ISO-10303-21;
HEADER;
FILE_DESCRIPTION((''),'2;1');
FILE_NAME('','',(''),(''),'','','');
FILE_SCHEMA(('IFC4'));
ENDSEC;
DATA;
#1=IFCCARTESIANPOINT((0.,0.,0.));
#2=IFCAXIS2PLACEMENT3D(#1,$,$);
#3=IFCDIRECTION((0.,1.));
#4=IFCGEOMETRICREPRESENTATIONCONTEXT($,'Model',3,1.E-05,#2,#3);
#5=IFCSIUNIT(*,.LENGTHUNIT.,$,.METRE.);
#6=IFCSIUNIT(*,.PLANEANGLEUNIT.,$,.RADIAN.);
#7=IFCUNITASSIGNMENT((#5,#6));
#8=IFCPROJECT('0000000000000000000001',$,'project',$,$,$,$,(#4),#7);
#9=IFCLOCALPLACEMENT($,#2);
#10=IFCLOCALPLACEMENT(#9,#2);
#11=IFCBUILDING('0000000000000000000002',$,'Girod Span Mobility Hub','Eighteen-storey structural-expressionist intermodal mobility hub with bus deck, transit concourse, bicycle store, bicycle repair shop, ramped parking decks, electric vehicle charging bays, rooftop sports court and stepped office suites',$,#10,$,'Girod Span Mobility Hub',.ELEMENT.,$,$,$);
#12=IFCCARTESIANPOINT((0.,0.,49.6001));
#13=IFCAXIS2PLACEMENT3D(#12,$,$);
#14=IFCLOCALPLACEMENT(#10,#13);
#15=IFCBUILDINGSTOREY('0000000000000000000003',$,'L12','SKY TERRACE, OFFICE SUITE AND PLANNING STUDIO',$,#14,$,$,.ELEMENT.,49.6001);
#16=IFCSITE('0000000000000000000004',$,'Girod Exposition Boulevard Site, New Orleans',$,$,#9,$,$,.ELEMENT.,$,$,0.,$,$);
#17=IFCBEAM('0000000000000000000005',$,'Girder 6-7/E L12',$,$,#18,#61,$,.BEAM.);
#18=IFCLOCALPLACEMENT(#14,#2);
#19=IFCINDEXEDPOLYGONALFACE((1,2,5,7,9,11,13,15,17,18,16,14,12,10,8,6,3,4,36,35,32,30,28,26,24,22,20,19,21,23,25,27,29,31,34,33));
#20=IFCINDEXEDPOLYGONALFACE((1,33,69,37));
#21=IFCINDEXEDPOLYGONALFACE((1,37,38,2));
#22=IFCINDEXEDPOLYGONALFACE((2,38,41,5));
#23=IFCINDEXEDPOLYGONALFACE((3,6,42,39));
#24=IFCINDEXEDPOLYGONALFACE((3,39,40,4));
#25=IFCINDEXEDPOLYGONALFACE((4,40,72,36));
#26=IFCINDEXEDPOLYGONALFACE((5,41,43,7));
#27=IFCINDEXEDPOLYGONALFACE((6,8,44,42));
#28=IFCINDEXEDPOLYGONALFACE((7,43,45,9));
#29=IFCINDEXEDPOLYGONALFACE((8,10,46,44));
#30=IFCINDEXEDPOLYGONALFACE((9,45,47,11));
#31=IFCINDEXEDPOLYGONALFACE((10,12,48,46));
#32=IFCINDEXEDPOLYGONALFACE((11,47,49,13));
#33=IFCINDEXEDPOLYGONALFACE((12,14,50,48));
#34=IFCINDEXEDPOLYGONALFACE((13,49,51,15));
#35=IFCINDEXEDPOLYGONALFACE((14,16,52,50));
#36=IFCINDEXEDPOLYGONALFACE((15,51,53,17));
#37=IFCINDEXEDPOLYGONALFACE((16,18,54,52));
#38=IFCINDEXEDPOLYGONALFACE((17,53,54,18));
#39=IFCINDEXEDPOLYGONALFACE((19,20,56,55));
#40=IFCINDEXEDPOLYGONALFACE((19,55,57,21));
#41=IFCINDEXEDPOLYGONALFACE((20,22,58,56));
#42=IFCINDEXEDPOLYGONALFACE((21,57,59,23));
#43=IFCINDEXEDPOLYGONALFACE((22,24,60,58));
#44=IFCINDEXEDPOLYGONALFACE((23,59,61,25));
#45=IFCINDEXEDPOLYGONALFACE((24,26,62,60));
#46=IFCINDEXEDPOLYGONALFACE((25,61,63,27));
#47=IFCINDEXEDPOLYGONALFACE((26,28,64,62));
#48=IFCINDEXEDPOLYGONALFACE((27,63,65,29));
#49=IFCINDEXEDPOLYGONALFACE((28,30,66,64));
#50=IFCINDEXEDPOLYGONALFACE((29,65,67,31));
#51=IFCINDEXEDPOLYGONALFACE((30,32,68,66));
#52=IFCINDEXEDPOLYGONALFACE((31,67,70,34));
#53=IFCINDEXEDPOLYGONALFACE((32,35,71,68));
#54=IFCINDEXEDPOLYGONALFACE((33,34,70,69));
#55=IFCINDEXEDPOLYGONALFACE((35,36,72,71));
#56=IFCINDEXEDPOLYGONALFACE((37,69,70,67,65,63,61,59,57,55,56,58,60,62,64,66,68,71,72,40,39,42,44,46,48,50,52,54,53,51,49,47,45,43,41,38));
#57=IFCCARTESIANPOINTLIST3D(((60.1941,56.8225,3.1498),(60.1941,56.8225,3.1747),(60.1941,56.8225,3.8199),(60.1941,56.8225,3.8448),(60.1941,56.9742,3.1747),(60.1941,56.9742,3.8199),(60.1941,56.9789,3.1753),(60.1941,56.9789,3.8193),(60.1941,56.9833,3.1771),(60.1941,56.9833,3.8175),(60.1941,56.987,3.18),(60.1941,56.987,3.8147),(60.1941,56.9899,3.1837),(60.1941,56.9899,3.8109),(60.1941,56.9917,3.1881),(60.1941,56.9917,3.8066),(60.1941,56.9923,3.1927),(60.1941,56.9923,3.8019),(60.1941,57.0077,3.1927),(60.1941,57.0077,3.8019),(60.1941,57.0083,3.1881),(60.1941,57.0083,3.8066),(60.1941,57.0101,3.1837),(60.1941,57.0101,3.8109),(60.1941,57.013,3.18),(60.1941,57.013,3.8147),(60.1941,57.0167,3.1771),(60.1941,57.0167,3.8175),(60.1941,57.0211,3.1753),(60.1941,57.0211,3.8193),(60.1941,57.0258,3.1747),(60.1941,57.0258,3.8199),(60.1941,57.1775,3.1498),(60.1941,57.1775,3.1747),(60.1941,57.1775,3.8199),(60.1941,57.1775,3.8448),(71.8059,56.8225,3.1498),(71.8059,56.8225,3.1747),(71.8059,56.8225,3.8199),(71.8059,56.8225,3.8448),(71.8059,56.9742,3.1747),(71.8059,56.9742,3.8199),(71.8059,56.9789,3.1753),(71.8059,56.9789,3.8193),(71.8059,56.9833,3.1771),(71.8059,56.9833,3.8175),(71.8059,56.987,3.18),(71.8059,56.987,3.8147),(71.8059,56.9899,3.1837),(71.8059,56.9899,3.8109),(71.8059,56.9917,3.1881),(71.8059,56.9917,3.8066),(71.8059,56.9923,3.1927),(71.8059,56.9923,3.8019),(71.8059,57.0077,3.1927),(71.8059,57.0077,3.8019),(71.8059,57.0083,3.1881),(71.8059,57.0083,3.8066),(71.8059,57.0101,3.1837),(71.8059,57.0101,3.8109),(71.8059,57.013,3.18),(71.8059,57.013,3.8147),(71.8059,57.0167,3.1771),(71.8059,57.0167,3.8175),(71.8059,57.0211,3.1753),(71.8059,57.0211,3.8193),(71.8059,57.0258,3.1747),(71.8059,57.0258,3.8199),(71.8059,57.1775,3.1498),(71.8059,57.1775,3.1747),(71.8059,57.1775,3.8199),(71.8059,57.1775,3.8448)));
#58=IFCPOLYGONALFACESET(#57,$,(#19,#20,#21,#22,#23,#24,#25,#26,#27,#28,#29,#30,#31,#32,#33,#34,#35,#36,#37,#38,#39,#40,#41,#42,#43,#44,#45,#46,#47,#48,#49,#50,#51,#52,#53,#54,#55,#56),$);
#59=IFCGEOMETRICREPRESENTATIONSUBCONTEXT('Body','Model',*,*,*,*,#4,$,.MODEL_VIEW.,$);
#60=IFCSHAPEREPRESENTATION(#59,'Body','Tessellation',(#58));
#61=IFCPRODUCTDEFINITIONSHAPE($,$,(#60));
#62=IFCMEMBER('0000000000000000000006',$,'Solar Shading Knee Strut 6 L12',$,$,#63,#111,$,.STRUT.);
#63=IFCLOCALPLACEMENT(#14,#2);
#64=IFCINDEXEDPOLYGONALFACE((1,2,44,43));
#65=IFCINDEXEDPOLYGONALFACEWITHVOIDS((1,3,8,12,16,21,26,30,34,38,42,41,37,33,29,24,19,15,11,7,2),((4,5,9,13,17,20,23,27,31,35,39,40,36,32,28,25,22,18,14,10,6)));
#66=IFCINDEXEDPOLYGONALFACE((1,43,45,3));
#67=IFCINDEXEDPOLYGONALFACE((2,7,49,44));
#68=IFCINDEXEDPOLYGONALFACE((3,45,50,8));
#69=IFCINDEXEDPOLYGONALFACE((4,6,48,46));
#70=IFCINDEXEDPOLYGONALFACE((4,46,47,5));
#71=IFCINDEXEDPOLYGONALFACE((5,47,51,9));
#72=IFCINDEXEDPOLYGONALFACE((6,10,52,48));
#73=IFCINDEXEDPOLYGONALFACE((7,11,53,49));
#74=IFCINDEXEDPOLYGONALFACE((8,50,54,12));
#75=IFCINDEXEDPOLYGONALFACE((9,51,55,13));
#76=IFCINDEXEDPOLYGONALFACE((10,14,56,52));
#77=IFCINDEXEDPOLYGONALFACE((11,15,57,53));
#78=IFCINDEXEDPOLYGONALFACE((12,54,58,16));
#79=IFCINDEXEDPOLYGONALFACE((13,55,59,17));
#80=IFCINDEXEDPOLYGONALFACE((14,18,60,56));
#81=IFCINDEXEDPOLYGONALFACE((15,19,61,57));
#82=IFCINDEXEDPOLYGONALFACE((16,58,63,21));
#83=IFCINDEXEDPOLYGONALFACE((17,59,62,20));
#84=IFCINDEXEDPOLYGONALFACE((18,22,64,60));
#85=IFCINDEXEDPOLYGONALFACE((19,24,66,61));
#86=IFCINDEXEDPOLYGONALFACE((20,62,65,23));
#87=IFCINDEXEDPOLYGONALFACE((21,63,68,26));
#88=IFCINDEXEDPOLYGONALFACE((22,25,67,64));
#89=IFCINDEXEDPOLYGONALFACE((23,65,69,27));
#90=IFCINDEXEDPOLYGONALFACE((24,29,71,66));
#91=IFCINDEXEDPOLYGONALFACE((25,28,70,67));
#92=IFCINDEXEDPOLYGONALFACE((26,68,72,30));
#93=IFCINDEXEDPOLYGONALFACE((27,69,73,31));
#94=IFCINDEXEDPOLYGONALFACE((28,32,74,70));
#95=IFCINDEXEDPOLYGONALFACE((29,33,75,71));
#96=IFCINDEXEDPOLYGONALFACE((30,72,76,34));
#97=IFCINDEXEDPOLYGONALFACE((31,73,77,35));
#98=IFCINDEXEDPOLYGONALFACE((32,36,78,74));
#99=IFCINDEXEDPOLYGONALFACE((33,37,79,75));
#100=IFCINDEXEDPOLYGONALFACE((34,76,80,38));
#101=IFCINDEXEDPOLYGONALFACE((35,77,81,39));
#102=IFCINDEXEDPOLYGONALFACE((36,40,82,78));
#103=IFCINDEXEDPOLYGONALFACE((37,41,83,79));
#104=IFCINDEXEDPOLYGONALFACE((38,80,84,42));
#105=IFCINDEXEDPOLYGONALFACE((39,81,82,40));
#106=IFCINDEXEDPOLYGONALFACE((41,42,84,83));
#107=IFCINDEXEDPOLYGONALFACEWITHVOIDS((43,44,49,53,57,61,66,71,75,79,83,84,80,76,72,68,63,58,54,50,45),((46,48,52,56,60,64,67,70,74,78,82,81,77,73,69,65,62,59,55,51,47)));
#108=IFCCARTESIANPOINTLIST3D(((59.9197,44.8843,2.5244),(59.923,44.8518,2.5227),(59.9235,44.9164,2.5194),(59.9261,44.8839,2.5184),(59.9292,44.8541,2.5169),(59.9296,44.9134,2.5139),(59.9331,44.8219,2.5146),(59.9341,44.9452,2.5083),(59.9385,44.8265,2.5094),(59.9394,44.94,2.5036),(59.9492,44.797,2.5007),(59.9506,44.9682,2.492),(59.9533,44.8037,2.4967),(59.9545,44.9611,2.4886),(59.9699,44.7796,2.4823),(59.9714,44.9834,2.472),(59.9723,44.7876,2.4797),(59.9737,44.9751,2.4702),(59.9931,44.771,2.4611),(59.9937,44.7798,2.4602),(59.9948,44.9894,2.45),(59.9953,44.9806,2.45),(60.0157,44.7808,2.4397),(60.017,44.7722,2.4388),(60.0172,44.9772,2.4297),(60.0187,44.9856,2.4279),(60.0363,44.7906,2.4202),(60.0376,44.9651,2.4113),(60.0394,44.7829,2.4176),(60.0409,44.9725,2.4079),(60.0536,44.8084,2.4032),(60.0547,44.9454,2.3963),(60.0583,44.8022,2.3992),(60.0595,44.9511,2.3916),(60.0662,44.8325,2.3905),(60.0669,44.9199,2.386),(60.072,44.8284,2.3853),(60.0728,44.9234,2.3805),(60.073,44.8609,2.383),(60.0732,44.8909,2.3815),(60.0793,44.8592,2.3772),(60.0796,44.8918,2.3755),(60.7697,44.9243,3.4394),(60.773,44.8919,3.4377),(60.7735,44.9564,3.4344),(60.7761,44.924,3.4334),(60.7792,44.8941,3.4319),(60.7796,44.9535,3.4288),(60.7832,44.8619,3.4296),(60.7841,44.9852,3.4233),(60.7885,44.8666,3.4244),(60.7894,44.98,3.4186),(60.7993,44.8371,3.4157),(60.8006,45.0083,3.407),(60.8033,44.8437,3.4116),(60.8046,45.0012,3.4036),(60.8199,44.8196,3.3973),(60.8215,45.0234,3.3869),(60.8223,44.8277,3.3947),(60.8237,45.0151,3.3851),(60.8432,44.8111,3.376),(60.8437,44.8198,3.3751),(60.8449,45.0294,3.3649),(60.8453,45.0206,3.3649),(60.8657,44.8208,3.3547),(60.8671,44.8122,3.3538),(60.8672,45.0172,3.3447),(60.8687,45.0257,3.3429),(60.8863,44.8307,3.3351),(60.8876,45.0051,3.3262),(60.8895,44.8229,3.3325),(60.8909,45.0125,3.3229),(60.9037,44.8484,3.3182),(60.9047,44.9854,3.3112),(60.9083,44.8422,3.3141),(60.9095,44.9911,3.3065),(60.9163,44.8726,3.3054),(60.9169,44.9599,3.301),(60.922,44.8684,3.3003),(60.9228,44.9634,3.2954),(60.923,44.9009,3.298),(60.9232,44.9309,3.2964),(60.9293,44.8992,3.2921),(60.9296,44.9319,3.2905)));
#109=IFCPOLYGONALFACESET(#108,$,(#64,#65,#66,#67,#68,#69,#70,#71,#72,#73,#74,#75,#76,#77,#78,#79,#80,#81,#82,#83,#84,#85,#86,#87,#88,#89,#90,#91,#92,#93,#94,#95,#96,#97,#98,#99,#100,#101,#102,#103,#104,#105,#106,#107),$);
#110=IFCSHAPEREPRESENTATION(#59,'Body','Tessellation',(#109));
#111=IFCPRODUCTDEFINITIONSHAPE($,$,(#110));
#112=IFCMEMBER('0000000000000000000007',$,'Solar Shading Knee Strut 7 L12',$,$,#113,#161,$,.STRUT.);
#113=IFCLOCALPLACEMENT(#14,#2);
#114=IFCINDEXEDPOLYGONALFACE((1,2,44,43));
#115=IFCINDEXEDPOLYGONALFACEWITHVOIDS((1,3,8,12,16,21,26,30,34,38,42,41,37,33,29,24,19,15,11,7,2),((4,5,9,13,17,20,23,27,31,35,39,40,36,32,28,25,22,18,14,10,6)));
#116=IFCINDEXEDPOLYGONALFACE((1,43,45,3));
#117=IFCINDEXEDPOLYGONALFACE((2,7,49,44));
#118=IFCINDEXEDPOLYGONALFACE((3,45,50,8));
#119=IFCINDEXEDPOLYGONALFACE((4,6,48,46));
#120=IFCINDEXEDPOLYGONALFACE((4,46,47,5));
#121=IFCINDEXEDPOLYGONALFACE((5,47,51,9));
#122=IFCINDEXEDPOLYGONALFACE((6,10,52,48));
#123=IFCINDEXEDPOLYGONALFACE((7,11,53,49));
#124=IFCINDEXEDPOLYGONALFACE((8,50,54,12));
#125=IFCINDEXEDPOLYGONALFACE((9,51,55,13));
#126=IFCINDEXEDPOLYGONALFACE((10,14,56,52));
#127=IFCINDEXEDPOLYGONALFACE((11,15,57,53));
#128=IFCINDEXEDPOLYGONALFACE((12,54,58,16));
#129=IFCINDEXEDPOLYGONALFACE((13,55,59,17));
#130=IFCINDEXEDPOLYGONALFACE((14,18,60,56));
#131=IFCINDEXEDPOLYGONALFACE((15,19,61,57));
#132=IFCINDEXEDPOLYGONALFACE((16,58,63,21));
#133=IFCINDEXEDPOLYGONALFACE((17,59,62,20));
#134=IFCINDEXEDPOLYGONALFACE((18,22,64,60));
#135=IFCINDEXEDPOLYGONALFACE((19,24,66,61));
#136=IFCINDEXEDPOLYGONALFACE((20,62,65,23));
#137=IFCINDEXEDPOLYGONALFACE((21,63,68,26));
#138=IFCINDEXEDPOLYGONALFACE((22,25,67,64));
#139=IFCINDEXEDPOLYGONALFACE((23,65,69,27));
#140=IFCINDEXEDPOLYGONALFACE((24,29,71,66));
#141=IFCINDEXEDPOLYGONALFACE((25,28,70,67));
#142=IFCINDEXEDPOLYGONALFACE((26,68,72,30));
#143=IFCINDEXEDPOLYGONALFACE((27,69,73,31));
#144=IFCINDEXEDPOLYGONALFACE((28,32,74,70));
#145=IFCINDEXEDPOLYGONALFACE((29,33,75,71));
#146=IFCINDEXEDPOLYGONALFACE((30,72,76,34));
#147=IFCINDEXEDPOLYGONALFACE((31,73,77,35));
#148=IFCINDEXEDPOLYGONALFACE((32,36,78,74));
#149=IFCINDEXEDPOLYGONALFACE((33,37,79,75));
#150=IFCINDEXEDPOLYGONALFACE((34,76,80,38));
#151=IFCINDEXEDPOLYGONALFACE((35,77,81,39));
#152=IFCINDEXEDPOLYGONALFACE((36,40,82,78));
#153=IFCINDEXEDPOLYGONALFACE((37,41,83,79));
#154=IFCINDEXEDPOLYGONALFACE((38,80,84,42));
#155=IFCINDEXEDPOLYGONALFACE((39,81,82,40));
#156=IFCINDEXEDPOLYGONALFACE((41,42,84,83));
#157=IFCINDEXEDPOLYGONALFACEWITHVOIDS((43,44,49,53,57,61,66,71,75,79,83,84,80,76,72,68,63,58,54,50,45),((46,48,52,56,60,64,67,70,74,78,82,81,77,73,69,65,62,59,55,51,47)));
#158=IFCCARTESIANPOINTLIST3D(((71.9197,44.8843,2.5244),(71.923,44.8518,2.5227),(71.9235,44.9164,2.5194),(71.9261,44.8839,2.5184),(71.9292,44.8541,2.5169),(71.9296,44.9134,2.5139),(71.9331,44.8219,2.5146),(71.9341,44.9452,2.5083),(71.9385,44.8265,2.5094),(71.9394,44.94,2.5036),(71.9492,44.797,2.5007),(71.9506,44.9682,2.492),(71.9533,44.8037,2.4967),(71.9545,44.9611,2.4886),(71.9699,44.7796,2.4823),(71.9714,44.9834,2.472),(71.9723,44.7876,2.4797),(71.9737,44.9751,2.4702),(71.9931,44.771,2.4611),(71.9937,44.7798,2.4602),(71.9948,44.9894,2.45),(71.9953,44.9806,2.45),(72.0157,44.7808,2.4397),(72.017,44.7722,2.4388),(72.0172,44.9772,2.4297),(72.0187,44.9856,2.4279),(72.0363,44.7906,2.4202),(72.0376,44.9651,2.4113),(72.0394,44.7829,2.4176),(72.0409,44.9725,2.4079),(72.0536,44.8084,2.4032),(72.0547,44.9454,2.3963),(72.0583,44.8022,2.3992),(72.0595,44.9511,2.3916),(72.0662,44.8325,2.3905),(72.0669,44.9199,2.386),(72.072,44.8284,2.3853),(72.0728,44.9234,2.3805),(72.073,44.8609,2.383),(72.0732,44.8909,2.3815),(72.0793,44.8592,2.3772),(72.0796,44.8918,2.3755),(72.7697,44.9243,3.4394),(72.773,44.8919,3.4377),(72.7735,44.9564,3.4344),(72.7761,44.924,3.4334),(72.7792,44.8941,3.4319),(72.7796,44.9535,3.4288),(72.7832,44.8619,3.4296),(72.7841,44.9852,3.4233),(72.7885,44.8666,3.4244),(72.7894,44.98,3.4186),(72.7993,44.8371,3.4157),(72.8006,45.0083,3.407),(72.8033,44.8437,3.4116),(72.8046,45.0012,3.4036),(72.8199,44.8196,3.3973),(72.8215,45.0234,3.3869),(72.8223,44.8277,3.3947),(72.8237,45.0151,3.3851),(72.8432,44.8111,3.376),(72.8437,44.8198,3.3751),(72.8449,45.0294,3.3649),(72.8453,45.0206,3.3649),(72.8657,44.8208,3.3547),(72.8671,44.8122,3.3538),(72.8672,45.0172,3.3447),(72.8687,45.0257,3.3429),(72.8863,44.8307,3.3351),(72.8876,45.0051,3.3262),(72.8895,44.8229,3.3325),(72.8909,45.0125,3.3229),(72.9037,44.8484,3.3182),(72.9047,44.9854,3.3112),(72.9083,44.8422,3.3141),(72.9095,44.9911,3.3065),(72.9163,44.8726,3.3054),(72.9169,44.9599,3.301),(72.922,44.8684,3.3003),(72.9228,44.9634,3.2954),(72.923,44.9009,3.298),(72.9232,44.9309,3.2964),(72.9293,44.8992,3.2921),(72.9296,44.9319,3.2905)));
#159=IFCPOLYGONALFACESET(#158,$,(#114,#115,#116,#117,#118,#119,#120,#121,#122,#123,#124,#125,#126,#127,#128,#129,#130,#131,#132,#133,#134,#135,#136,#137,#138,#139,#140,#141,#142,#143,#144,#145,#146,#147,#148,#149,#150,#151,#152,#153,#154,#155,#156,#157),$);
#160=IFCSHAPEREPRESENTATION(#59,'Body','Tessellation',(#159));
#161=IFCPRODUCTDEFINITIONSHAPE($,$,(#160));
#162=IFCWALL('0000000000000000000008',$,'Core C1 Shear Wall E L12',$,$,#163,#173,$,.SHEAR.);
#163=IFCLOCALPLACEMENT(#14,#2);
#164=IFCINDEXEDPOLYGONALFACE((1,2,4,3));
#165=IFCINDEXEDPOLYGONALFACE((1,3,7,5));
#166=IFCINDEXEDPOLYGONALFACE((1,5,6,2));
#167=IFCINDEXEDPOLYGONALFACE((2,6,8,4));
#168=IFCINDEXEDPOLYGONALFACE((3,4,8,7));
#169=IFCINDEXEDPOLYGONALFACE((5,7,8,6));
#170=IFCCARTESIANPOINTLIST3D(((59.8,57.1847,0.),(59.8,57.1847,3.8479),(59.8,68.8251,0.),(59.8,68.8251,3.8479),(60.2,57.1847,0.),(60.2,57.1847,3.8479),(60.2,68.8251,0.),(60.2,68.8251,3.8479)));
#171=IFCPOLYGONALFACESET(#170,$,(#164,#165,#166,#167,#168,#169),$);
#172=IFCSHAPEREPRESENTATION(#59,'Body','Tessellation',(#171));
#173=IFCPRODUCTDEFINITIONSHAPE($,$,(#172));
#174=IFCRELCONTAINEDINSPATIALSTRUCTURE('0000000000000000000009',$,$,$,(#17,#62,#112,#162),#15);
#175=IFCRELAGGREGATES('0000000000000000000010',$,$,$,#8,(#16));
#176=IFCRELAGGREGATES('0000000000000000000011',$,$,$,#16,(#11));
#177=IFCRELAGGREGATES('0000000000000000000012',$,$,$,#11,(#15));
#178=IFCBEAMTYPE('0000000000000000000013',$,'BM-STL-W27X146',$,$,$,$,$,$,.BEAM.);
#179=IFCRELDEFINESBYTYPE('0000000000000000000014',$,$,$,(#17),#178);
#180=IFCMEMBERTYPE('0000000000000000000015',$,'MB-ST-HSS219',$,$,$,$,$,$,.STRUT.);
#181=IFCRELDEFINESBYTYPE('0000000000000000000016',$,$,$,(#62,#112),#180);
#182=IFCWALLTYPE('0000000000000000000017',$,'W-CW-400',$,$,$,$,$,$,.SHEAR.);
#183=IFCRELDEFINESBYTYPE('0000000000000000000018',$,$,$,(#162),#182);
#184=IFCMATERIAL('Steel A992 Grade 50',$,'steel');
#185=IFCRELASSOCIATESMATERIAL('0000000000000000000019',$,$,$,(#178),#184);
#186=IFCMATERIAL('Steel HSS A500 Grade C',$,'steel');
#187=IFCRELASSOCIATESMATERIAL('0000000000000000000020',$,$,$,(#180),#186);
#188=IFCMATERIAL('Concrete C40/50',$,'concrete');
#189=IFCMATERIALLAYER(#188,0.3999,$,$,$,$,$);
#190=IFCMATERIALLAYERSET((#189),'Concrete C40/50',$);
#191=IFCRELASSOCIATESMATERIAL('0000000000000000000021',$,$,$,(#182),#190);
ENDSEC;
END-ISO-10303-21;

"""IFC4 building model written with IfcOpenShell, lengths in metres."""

from ifc_helpers import new_model, si_unit, direction, frame, frame_2d, origin, origin_2d, place, context, subcontext, project, spatial, rectangle, hollow_circle, i_section, extrude, material, layer, layer_set, material_profile, profile_set, type_object, element, save


model = new_model("IFC4")

# Units and contexts
model_context = context("Model", 3, precision=1e-05, world=origin(), true_north=direction((0.0, 1.0)))
body_context = subcontext(model_context, "Body", "Model", "MODEL_VIEW")
ifc_project = project(units=[si_unit("LENGTHUNIT", "METRE"), si_unit("PLANEANGLEUNIT", "RADIAN")], contexts=[model_context])

# Site, building, storey
site_placement = place(None, origin())
site = spatial("IfcSite", under=ifc_project, at=site_placement, Name="Girod Exposition Boulevard Site, New Orleans", CompositionType="ELEMENT", RefElevation=0.0)
building_placement = place(site_placement, origin())
building = spatial("IfcBuilding", under=site, at=building_placement, Name="Girod Span Mobility Hub", Description="Eighteen-storey structural-expressionist intermodal mobility hub with bus deck, transit concourse, bicycle store, bicycle repair shop, ramped parking decks, electric vehicle charging bays, rooftop sports court and stepped office suites", LongName="Girod Span Mobility Hub", CompositionType="ELEMENT")
storey_placement = place(building_placement, frame((0.0, 0.0, 49.6001)))
storey = spatial("IfcBuildingStorey", under=building, at=storey_placement, Name="L12", Description="SKY TERRACE, OFFICE SUITE AND PLANNING STUDIO", CompositionType="ELEMENT", Elevation=49.6001)

# Beam
ifc_material_1 = material(Name="Steel A992 Grade 50", Category="steel")
ifc_material_profile_1 = material_profile(ifc_material_1, i_section(OverallWidth=0.355, OverallDepth=0.6951, WebThickness=0.0154, FlangeThickness=0.0249, FilletRadius=0.0181, at=origin_2d()), Name="W27X146")
ifc_profile_set_1 = profile_set([ifc_material_profile_1], Name="Steel A992 Grade 50")
beam_type_1 = type_object("IfcBeamType", Name="BM-STL-W27X146", PredefinedType="BEAM", material=ifc_profile_set_1)
beam_1_placement = place(storey_placement, frame((60.1941, 57.0, 3.4973), z_axis=(1.0, 0.0, 0.0), x_axis=(0.0, 1.0, 0.0)))
element("IfcBeam", 1, at=beam_1_placement, inside=storey, type_object=beam_type_1, Name="Girder 6-7/E L12", PredefinedType="BEAM", context=body_context, shape_type="SweptSolid", body=[
    extrude(i_section(OverallWidth=0.355, OverallDepth=0.6951, WebThickness=0.0154, FlangeThickness=0.0249, FilletRadius=0.0181, at=origin_2d()), origin(), (0.0, 0.0, 1.0), 11.6118),
])

# Members
ifc_material_2 = material(Name="Steel HSS A500 Grade C", Category="steel")
ifc_material_profile_2 = material_profile(ifc_material_2, hollow_circle(Radius=0.1096, WallThickness=0.0088, at=origin_2d()), Name="HSS219X9.5")
ifc_profile_set_2 = profile_set([ifc_material_profile_2], Name="Steel HSS A500 Grade C")
member_type = type_object("IfcMemberType", Name="MB-ST-HSS219", PredefinedType="STRUT", material=ifc_profile_set_2)
for number, where, z_axis, x_axis, name in (
    (2, (60.0, 44.8799, 2.45), (0.680282, 0.032041, 0.73225), (-0.047047, 0.998893, 0.0), "Solar Shading Knee Strut 6 L12"),
    (3, (72.0, 44.8799, 2.45), (0.680282, 0.032041, 0.73225), (-0.047047, 0.998893, 0.0), "Solar Shading Knee Strut 7 L12"),
):
    element("IfcMember", number, at=place(storey_placement, frame(where, z_axis=z_axis, x_axis=x_axis)), inside=storey, type_object=member_type, Name=name, PredefinedType="STRUT", context=body_context, shape_type="SweptSolid", body=[
        extrude(hollow_circle(Radius=0.1096, WallThickness=0.0088, at=origin_2d()), origin(), (0.0, 0.0, 1.0), 1.2495),
    ])

# Wall
ifc_material_3 = material(Name="Concrete C40/50", Category="concrete")
ifc_layer_1 = layer(ifc_material_3, 0.3999)
ifc_layer_set_1 = layer_set([ifc_layer_1], Name="Concrete C40/50")
wall_type_1 = type_object("IfcWallType", Name="W-CW-400", PredefinedType="SHEAR", material=ifc_layer_set_1)
wall_1_placement = place(storey_placement, frame((60.0, 57.1846, 0.0), z_axis=(0.0, 0.0, 1.0), x_axis=(0.0, 1.0, 0.0)))
element("IfcWall", 4, at=wall_1_placement, inside=storey, type_object=wall_type_1, Name="Core C1 Shear Wall E L12", PredefinedType="SHEAR", context=body_context, shape_type="SweptSolid", body=[
    extrude(rectangle(XDim=11.6404, YDim=0.3999, at=frame_2d((5.8203, 0.0))), origin(), (0.0, 0.0, 1.0), 3.8479),
])

save(model, "model.ifc")
